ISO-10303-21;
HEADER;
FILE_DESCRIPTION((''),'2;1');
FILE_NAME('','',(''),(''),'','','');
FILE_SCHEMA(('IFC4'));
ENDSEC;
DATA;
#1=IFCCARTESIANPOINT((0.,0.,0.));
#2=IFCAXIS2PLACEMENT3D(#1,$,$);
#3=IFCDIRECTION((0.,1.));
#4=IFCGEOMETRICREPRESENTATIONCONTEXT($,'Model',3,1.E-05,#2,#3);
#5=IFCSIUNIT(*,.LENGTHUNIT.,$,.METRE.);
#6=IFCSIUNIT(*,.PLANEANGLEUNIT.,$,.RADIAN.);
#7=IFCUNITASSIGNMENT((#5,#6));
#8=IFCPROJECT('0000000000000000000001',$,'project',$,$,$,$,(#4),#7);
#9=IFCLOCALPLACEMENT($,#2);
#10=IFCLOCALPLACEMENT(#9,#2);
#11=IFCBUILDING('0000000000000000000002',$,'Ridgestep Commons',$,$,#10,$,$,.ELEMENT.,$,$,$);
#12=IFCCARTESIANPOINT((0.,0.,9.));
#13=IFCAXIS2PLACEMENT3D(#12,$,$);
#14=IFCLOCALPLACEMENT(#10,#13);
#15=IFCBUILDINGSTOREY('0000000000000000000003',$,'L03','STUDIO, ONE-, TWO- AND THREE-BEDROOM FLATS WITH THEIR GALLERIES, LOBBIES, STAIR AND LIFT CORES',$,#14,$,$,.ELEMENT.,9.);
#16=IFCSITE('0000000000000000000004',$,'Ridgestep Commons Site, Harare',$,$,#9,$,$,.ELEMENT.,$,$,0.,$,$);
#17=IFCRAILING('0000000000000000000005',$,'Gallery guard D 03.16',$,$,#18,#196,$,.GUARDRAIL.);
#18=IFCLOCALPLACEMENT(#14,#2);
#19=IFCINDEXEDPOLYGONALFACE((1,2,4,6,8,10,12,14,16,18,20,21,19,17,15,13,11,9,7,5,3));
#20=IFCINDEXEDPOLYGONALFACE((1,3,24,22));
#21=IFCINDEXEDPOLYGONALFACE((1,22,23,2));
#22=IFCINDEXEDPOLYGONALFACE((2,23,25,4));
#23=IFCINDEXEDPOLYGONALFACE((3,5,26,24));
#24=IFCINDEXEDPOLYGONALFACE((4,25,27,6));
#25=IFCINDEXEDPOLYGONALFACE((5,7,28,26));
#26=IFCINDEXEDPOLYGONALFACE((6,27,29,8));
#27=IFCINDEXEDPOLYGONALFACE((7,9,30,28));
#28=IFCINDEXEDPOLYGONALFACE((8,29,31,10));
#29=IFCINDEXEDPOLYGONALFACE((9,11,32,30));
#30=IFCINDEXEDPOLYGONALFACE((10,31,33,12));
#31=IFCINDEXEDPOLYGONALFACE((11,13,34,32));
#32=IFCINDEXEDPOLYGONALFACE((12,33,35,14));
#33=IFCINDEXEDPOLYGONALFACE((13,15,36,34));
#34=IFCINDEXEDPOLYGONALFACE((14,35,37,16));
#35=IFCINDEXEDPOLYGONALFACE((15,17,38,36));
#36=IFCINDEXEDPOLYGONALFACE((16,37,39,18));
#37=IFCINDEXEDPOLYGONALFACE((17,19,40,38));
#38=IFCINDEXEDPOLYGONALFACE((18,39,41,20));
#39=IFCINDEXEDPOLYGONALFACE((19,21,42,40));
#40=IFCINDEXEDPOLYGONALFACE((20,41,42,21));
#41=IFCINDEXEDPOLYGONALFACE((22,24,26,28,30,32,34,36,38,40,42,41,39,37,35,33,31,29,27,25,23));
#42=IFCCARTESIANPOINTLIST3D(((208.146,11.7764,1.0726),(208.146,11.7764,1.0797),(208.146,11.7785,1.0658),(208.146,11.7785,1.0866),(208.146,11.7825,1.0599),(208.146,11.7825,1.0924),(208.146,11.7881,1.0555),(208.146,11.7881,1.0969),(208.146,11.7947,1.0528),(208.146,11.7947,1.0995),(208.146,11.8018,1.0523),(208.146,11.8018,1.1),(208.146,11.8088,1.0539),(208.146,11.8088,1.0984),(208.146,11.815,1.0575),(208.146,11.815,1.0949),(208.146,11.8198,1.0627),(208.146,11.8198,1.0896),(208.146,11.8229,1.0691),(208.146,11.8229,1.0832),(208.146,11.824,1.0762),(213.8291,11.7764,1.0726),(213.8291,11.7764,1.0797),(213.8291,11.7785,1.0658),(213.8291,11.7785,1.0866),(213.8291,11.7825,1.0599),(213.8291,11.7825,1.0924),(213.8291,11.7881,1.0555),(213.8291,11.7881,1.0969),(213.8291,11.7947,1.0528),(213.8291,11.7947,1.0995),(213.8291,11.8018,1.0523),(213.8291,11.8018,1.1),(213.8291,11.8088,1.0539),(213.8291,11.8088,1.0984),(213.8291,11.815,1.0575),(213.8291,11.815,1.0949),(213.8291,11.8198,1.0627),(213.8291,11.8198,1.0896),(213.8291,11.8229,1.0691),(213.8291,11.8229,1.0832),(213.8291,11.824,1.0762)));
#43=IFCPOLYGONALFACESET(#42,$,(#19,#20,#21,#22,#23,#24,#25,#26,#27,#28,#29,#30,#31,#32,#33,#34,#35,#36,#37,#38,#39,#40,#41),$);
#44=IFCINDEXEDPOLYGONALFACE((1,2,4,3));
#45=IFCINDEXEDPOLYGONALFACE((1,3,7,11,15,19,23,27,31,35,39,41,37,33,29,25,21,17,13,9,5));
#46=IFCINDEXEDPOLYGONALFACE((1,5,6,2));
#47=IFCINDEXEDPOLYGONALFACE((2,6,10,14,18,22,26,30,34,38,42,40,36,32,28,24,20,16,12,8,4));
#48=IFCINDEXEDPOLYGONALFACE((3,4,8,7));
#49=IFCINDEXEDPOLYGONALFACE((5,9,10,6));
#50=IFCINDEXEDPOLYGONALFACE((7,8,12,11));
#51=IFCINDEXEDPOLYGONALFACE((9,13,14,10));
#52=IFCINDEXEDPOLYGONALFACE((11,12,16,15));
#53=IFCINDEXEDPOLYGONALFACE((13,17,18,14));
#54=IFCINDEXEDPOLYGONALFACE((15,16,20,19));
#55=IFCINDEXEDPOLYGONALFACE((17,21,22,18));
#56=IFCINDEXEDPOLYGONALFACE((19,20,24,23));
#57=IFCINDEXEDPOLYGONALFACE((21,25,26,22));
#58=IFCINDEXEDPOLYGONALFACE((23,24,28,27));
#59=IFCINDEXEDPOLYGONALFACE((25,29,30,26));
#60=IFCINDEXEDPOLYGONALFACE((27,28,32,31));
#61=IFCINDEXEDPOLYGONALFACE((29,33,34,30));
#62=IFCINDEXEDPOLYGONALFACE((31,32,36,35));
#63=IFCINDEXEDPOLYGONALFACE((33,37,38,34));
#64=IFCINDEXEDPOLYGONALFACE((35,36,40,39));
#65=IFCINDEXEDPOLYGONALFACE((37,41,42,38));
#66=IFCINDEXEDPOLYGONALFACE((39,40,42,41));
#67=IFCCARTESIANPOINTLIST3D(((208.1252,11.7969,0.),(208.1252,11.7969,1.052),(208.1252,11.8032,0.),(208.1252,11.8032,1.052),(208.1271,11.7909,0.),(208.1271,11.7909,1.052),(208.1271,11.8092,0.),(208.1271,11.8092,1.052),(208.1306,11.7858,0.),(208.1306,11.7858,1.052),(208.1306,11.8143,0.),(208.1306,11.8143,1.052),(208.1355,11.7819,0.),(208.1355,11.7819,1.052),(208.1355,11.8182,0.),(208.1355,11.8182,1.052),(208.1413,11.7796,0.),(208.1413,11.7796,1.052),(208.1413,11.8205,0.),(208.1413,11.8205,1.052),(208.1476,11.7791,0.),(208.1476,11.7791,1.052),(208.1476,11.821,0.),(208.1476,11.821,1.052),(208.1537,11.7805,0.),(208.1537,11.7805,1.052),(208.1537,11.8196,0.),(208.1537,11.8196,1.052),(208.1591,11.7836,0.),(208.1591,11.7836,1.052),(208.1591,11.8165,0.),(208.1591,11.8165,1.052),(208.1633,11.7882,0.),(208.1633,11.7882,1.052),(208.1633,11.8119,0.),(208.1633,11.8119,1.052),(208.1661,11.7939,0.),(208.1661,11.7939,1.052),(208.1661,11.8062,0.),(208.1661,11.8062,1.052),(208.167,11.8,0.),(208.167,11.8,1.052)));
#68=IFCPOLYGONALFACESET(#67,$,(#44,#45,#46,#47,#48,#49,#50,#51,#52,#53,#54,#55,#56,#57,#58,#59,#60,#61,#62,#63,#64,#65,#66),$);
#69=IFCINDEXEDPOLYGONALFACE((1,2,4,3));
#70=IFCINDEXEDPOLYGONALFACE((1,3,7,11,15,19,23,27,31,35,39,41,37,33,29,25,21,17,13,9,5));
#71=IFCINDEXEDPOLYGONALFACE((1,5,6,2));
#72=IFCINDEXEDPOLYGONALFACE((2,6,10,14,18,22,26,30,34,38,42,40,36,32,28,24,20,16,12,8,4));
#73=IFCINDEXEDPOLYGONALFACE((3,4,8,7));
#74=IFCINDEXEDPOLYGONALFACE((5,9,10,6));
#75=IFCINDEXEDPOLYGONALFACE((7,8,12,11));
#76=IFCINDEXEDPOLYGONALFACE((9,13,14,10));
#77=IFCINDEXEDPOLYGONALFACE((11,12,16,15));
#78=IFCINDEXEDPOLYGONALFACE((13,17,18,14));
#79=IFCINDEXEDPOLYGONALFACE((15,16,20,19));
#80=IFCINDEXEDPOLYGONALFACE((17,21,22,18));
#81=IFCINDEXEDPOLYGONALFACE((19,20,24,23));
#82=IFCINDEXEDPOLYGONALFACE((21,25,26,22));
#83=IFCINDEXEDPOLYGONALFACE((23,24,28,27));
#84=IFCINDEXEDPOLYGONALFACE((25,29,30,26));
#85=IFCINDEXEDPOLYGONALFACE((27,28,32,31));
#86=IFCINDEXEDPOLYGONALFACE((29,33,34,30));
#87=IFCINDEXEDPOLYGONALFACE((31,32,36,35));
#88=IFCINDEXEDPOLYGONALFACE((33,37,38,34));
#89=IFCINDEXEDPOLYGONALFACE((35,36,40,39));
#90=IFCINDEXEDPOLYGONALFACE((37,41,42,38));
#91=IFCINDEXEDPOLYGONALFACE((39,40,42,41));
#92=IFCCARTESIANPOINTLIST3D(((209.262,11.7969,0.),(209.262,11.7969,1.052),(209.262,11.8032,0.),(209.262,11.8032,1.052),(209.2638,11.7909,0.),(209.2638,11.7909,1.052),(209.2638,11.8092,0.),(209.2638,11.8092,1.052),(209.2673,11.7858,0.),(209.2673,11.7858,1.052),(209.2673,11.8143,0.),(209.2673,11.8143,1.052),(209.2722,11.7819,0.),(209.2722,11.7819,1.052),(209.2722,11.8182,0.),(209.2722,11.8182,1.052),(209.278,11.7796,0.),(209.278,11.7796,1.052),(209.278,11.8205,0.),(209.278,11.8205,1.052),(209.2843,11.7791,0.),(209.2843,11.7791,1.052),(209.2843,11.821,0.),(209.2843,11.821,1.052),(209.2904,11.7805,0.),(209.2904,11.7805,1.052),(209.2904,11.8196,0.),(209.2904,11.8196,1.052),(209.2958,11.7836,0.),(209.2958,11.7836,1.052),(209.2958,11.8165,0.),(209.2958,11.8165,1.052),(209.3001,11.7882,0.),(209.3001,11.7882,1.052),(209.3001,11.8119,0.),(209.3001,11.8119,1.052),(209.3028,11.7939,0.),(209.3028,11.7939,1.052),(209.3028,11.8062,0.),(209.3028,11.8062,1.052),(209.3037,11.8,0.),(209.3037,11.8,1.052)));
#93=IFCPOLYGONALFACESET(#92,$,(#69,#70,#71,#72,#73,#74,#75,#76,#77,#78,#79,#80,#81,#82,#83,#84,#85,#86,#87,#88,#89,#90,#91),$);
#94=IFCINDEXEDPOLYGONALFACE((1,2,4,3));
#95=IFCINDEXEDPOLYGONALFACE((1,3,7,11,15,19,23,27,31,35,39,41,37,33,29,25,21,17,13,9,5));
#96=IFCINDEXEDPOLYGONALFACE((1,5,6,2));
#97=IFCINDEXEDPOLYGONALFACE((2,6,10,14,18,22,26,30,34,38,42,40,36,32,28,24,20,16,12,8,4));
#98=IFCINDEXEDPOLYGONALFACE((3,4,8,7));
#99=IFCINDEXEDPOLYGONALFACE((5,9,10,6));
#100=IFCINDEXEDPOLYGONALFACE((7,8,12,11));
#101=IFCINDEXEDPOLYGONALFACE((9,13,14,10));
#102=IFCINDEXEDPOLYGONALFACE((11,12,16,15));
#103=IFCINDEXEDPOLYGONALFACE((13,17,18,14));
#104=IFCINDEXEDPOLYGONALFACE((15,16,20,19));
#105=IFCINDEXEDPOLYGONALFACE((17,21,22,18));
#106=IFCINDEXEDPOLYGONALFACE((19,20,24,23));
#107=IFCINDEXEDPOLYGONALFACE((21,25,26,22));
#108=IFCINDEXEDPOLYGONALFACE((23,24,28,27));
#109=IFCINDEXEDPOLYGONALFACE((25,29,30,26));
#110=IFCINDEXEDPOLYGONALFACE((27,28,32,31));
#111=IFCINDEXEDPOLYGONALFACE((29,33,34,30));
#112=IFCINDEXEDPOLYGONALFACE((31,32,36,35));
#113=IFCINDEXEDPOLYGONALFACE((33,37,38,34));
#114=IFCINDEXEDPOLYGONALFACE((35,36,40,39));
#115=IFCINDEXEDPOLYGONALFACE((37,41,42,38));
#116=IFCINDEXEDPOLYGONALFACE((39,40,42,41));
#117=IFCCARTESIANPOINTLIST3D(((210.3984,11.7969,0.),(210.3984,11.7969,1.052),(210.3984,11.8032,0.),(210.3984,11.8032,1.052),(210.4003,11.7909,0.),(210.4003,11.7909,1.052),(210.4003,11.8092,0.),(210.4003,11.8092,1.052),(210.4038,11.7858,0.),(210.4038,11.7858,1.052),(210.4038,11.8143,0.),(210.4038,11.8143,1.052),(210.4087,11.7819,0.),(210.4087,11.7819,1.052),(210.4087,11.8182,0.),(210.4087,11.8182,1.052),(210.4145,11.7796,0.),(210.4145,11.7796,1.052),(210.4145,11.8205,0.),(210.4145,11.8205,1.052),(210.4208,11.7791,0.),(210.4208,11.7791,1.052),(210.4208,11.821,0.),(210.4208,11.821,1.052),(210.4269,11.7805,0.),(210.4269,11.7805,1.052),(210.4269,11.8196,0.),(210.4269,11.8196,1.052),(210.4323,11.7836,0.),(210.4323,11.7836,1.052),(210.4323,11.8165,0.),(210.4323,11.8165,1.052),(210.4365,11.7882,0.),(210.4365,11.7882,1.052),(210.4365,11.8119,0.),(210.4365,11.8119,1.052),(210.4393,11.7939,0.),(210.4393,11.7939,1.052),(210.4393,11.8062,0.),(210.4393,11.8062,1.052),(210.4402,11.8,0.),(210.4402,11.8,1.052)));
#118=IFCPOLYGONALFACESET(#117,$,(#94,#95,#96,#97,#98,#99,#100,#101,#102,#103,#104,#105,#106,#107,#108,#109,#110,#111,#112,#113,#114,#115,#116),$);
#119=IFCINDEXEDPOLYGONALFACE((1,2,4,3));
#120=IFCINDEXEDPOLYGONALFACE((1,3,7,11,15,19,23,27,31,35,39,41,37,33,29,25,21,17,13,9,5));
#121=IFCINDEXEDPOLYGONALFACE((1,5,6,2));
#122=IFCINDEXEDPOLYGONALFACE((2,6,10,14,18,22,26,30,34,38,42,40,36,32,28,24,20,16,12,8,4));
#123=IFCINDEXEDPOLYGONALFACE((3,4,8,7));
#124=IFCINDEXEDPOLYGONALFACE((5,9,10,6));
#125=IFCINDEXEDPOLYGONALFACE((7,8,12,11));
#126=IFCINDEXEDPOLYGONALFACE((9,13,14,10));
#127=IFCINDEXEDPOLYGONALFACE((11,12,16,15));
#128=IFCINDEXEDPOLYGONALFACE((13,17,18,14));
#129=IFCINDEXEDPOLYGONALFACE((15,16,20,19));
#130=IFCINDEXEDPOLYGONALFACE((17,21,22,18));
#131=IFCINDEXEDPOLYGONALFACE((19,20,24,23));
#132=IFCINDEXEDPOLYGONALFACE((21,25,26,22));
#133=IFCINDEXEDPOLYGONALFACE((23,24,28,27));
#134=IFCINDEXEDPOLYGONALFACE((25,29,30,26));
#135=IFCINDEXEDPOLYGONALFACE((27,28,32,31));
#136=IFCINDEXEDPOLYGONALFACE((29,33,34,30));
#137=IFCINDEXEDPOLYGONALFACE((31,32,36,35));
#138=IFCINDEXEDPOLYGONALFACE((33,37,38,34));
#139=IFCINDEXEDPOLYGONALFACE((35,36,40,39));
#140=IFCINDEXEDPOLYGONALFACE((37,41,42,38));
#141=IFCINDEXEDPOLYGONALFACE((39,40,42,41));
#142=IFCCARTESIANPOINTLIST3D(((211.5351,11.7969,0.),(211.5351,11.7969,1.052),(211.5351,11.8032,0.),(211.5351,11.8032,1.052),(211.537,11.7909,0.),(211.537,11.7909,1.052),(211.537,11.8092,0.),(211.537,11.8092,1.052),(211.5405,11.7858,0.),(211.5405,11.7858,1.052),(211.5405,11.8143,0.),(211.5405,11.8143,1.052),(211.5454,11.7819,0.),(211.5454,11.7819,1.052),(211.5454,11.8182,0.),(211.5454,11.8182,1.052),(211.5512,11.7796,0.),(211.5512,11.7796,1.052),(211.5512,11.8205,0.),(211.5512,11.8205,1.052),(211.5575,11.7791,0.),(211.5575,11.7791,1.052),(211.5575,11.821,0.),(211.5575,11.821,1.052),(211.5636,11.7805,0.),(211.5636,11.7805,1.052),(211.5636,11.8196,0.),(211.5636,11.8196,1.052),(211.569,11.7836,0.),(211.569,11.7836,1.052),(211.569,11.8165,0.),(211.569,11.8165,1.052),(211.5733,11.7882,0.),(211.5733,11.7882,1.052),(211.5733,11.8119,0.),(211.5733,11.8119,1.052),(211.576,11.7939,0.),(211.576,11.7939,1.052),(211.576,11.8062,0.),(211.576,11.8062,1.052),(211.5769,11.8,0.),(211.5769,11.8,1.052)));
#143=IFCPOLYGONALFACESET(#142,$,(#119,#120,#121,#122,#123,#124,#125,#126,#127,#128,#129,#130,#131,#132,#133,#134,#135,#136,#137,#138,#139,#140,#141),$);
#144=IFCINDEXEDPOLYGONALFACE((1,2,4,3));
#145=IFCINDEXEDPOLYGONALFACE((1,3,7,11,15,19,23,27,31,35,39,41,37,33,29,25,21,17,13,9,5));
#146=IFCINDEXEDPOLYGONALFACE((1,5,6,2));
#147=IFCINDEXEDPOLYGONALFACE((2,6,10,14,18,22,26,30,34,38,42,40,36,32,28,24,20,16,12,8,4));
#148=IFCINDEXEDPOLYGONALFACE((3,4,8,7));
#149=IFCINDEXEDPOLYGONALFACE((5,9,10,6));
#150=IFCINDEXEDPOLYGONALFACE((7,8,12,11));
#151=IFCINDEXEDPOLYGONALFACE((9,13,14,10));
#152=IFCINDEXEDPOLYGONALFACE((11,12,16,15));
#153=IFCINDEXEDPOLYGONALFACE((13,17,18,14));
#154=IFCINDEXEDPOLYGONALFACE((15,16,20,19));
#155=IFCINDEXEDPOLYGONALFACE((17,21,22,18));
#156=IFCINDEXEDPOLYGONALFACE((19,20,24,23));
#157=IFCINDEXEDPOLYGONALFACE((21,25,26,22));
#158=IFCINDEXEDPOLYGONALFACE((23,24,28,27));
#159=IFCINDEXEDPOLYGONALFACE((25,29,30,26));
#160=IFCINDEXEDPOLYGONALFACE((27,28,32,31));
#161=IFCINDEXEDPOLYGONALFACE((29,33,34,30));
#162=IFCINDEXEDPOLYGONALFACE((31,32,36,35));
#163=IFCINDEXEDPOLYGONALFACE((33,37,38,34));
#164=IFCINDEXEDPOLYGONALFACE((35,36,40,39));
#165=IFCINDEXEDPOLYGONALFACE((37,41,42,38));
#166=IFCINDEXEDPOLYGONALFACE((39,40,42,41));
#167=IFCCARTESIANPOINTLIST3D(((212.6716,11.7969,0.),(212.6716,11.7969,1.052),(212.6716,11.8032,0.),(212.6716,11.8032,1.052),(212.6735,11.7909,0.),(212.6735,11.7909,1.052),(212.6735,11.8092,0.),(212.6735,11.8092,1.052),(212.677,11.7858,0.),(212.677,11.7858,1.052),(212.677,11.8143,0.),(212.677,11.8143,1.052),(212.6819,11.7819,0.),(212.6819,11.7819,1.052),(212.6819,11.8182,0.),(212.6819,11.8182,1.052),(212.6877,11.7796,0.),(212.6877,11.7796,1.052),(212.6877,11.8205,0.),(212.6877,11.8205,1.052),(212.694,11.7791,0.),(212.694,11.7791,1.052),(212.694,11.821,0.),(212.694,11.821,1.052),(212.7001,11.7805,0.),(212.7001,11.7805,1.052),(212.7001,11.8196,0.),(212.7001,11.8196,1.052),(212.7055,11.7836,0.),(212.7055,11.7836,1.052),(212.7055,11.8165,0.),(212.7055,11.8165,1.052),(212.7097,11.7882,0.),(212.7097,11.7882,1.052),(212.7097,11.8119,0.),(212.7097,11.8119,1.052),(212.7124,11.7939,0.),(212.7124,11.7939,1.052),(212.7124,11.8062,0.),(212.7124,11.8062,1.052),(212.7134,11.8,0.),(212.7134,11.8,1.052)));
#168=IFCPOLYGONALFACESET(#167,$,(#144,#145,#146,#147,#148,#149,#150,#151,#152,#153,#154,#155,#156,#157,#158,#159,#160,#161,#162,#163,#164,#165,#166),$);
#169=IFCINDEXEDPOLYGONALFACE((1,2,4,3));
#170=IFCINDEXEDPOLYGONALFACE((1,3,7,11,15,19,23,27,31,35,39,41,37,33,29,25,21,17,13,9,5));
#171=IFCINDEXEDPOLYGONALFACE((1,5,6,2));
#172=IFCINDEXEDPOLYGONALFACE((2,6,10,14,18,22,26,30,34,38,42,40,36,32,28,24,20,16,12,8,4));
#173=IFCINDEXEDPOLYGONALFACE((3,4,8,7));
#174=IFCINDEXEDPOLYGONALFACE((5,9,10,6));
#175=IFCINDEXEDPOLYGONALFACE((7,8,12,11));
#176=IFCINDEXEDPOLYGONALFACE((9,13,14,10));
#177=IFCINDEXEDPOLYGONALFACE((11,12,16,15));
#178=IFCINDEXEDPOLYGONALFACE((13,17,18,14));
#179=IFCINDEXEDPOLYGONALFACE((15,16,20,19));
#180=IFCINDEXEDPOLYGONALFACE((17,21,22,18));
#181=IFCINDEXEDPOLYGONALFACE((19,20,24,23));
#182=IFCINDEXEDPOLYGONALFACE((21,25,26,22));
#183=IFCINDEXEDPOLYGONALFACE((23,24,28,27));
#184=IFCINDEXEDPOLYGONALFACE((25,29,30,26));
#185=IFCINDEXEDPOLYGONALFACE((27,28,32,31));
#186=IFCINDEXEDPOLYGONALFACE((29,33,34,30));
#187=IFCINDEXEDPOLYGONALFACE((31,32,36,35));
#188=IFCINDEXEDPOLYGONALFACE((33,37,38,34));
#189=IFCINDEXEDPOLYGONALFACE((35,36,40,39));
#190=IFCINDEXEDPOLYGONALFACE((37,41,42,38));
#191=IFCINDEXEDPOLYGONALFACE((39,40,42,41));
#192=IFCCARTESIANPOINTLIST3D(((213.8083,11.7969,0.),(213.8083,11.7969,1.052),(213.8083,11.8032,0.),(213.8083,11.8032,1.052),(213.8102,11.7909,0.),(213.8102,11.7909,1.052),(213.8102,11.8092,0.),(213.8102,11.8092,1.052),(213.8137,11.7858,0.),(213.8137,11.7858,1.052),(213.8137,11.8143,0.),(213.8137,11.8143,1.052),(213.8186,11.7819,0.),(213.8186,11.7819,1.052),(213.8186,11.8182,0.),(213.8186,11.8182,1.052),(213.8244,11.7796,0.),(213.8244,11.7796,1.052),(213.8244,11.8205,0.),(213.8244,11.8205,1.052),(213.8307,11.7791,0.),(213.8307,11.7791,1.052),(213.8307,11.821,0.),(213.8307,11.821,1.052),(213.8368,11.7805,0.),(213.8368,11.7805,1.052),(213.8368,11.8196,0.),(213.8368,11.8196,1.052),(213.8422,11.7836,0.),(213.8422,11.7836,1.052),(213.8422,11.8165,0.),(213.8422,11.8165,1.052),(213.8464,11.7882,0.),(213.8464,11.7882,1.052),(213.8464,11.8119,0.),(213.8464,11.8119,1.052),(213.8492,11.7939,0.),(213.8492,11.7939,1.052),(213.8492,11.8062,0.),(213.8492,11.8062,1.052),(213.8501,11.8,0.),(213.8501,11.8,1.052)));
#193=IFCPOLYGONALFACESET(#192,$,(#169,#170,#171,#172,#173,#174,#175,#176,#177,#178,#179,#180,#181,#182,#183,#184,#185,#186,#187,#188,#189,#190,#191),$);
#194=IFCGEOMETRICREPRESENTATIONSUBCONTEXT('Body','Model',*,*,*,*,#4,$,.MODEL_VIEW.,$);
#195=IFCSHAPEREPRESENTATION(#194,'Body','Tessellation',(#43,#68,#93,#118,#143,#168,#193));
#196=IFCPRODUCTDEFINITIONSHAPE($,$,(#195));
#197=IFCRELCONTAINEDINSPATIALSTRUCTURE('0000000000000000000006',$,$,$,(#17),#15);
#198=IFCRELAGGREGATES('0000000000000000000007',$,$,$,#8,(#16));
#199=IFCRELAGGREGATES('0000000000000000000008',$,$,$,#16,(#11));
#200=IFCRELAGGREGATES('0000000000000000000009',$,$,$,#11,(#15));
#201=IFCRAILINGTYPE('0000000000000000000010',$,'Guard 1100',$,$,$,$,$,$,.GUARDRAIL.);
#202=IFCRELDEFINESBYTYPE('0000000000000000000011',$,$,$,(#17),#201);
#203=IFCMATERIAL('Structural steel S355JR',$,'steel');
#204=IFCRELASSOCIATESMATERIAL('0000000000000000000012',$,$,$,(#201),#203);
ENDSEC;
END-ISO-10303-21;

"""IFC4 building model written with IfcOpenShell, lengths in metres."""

from ifc_helpers import new_model, si_unit, direction, frame, origin, origin_2d, place, context, subcontext, project, spatial, circle, extrude, material, type_object, element, save


model = new_model("IFC4")

# Units and contexts
model_context = context("Model", 3, precision=1e-05, world=origin(), true_north=direction((0.0, 1.0)))
body_context = subcontext(model_context, "Body", "Model", "MODEL_VIEW")
ifc_project = project(units=[si_unit("LENGTHUNIT", "METRE"), si_unit("PLANEANGLEUNIT", "RADIAN")], contexts=[model_context])

# Site, building, storey
site_placement = place(None, origin())
site = spatial("IfcSite", under=ifc_project, at=site_placement, Name="Ridgestep Commons Site, Harare", CompositionType="ELEMENT", RefElevation=0.0)
building_placement = place(site_placement, origin())
building = spatial("IfcBuilding", under=site, at=building_placement, Name="Ridgestep Commons", CompositionType="ELEMENT")
storey_placement = place(building_placement, frame((0.0, 0.0, 9.0)))
storey = spatial("IfcBuildingStorey", under=building, at=storey_placement, Name="L03", Description="STUDIO, ONE-, TWO- AND THREE-BEDROOM FLATS WITH THEIR GALLERIES, LOBBIES, STAIR AND LIFT CORES", CompositionType="ELEMENT", Elevation=9.0)

# Railing
ifc_material_1 = material(Name="Structural steel S355JR", Category="steel")
railing_type = type_object("IfcRailingType", Name="Guard 1100", PredefinedType="GUARDRAIL", material=ifc_material_1)
railing_1_placement = place(storey_placement, frame((208.146, 11.8, 0.0)))
element("IfcRailing", 1, at=railing_1_placement, inside=storey, type_object=railing_type, Name="Gallery guard D 03.16", PredefinedType="GUARDRAIL", context=body_context, shape_type="SweptSolid", body=[
    extrude(circle(Radius=0.0239, at=origin_2d()), frame((0.0, 0.0, 1.0762), z_axis=(1.0, 0.0, 0.0), x_axis=(0.0, 1.0, 0.0)), (0.0, 0.0, 1.0), 5.6831),
    extrude(circle(Radius=0.021, at=origin_2d()), origin(), (0.0, 0.0, 1.0), 1.052),
    extrude(circle(Radius=0.021, at=origin_2d()), frame((1.1367, 0.0, 0.0)), (0.0, 0.0, 1.0), 1.052),
    extrude(circle(Radius=0.021, at=origin_2d()), frame((2.2732, 0.0, 0.0)), (0.0, 0.0, 1.0), 1.052),
    extrude(circle(Radius=0.021, at=origin_2d()), frame((3.4099, 0.0, 0.0)), (0.0, 0.0, 1.0), 1.052),
    extrude(circle(Radius=0.021, at=origin_2d()), frame((4.5464, 0.0, 0.0)), (0.0, 0.0, 1.0), 1.052),
    extrude(circle(Radius=0.021, at=origin_2d()), frame((5.6831, 0.0, 0.0)), (0.0, 0.0, 1.0), 1.052),
])

save(model, "model.ifc")
